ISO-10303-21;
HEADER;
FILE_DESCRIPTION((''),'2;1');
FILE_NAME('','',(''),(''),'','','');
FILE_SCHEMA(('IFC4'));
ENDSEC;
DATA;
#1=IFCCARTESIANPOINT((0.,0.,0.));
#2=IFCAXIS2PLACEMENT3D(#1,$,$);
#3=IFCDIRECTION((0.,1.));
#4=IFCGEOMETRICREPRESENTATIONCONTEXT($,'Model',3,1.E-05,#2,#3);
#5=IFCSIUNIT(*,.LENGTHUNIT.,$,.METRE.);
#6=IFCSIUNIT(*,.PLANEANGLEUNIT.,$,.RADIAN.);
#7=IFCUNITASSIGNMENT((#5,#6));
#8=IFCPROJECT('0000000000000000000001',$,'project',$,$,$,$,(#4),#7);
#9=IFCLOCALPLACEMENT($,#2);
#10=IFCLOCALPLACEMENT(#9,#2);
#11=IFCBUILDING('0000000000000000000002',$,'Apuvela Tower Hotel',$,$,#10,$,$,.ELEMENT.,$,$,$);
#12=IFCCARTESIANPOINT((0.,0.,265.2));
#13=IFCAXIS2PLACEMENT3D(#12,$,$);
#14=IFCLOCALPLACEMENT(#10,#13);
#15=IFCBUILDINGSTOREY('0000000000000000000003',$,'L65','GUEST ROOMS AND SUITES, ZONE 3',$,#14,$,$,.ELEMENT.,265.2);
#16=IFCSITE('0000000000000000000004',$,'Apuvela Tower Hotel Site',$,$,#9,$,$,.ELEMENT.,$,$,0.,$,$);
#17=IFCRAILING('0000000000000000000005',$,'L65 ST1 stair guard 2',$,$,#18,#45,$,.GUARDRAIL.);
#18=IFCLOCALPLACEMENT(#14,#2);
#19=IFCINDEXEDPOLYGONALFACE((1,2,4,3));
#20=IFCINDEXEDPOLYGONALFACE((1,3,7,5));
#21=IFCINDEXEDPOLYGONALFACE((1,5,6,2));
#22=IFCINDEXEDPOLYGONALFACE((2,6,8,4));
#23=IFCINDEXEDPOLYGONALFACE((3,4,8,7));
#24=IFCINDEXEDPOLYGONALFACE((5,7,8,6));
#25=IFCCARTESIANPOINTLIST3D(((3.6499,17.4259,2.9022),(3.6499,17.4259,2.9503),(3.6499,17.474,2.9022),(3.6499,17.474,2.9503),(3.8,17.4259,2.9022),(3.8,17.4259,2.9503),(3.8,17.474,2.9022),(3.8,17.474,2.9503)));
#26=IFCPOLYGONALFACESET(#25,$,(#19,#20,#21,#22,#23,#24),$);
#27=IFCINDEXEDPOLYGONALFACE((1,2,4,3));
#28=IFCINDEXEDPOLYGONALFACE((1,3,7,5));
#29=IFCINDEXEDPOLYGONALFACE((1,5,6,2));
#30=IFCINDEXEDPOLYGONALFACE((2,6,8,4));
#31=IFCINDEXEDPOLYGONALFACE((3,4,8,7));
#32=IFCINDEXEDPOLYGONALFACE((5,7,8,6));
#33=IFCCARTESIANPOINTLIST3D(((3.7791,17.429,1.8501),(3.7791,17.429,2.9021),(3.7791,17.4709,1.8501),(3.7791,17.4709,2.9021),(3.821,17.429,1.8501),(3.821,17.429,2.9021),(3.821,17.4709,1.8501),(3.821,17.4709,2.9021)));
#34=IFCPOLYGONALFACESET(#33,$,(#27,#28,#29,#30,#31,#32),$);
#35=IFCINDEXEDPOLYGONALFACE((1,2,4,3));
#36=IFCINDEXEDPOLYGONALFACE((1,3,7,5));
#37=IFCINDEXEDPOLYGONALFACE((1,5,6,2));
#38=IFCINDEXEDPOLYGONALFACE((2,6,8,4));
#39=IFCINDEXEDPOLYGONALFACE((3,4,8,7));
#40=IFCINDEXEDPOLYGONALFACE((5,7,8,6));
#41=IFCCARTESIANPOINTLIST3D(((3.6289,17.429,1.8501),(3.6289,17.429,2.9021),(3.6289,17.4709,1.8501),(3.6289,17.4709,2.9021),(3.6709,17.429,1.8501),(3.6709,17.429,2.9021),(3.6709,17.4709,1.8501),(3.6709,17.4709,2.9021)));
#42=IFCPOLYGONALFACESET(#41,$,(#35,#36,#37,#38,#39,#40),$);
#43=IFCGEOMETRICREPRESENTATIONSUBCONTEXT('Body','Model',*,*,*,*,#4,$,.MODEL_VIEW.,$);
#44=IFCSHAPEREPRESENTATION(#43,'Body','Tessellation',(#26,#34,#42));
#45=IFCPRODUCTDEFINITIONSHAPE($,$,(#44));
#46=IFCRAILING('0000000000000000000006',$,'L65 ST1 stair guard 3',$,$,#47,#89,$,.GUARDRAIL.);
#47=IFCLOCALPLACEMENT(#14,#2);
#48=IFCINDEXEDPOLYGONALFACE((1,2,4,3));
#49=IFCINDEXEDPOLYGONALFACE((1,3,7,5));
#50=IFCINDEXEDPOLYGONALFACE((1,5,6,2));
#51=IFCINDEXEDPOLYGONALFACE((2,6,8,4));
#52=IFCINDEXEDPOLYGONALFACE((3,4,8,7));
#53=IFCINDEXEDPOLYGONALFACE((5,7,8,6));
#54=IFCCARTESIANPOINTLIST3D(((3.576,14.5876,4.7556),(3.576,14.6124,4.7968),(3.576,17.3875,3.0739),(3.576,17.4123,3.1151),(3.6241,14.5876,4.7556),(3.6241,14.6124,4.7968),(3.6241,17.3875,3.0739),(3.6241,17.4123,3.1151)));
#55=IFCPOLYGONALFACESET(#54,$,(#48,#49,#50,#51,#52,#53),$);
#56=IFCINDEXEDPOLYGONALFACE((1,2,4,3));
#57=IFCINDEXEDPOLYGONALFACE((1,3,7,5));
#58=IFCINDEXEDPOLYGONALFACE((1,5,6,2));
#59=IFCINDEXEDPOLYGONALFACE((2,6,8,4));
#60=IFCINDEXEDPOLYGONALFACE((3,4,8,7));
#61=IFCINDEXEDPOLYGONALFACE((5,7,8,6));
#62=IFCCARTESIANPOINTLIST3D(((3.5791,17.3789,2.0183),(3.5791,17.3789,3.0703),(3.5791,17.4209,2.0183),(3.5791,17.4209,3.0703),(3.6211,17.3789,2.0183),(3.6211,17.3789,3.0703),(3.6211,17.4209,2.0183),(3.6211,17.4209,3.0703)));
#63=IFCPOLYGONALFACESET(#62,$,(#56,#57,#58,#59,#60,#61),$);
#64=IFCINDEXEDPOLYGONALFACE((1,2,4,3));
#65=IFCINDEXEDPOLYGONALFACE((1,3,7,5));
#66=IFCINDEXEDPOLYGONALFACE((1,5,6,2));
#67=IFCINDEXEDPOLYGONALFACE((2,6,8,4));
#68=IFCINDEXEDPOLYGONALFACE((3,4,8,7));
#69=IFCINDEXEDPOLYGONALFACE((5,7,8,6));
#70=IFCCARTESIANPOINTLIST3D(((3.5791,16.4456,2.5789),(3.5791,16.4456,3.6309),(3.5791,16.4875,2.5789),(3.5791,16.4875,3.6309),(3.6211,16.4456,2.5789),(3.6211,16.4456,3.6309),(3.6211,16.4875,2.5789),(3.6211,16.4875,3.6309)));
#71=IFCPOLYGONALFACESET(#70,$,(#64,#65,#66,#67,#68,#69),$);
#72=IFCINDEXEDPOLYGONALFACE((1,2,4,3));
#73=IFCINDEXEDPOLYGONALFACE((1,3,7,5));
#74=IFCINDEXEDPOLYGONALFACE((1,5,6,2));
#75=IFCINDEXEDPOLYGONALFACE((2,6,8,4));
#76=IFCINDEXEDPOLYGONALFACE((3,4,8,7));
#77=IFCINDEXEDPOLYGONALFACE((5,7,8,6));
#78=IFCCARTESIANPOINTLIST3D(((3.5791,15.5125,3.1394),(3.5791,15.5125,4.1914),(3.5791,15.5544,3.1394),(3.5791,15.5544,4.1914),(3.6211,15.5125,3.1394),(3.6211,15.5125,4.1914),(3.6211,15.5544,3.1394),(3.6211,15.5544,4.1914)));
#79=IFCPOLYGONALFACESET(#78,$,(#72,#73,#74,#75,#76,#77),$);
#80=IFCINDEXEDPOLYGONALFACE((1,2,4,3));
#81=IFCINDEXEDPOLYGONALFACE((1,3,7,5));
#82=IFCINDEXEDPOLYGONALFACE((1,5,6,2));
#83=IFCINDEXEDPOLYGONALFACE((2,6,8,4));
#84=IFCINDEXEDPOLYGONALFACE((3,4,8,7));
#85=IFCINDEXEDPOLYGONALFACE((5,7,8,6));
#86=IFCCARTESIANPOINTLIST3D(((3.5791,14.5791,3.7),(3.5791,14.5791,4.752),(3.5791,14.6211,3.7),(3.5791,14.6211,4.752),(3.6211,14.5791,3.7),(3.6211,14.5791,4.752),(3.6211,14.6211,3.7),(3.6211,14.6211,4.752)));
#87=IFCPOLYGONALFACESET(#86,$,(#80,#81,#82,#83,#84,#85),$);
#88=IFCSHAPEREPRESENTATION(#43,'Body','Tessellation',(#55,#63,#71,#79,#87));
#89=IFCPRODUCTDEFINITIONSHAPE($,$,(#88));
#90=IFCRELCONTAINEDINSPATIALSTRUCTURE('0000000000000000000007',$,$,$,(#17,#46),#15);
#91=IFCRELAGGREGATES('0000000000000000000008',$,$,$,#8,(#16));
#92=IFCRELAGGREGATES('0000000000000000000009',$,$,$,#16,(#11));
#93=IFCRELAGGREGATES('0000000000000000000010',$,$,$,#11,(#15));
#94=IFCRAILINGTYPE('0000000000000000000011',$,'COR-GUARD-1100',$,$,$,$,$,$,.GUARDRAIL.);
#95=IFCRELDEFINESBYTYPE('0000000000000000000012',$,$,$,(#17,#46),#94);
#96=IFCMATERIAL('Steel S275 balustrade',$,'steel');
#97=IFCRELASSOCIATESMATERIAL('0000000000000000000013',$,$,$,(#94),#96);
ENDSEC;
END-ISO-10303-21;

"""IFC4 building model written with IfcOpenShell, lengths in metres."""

from ifc_helpers import new_model, si_unit, direction, frame, origin, origin_2d, place, context, subcontext, project, spatial, rectangle, extrude, material, type_object, element, save


model = new_model("IFC4")

# Units and contexts
model_context = context("Model", 3, precision=1e-05, world=origin(), true_north=direction((0.0, 1.0)))
body_context = subcontext(model_context, "Body", "Model", "MODEL_VIEW")
ifc_project = project(units=[si_unit("LENGTHUNIT", "METRE"), si_unit("PLANEANGLEUNIT", "RADIAN")], contexts=[model_context])

# Site, building, storey
site_placement = place(None, origin())
site = spatial("IfcSite", under=ifc_project, at=site_placement, Name="Apuvela Tower Hotel Site", CompositionType="ELEMENT", RefElevation=0.0)
building_placement = place(site_placement, origin())
building = spatial("IfcBuilding", under=site, at=building_placement, Name="Apuvela Tower Hotel", CompositionType="ELEMENT")
storey_placement = place(building_placement, frame((0.0, 0.0, 265.2)))
storey = spatial("IfcBuildingStorey", under=building, at=storey_placement, Name="L65", Description="GUEST ROOMS AND SUITES, ZONE 3", CompositionType="ELEMENT", Elevation=265.2)

# Railings
ifc_material_1 = material(Name="Steel S275 balustrade", Category="steel")
railing_type = type_object("IfcRailingType", Name="COR-GUARD-1100", PredefinedType="GUARDRAIL", material=ifc_material_1)
railing_1_placement = place(storey_placement, frame((3.8, 17.45, 1.8501)))
element("IfcRailing", 1, at=railing_1_placement, inside=storey, type_object=railing_type, Name="L65 ST1 stair guard 2", PredefinedType="GUARDRAIL", context=body_context, shape_type="SweptSolid", body=[
    extrude(rectangle(XDim=0.0481, YDim=0.0481, at=origin_2d()), frame((0.0, 0.0, 1.0762), z_axis=(-1.0, 0.0, 0.0), x_axis=(0.0, -1.0, 0.0)), (0.0, 0.0, 1.0), 0.1501),
    extrude(rectangle(XDim=0.042, YDim=0.042, at=origin_2d()), origin(), (0.0, 0.0, 1.0), 1.052),
    extrude(rectangle(XDim=0.042, YDim=0.042, at=origin_2d()), frame((-0.1501, 0.0, 0.0)), (0.0, 0.0, 1.0), 1.052),
])
railing_2_placement = place(storey_placement, frame((3.6001, 17.3999, 2.0183)))
element("IfcRailing", 2, at=railing_2_placement, inside=storey, type_object=railing_type, Name="L65 ST1 stair guard 3", PredefinedType="GUARDRAIL", context=body_context, shape_type="SweptSolid", body=[
    extrude(rectangle(XDim=0.0481, YDim=0.0481, at=origin_2d()), frame((0.0, 0.0, 1.0762), z_axis=(0.0, -0.857255, 0.514891), x_axis=(1.0, 0.0, 0.0)), (0.0, 0.0, 1.0), 3.2661),
    extrude(rectangle(XDim=0.042, YDim=0.042, at=origin_2d()), origin(), (0.0, 0.0, 1.0), 1.052),
    extrude(rectangle(XDim=0.042, YDim=0.042, at=origin_2d()), frame((0.0, -0.9333, 0.5605)), (0.0, 0.0, 1.0), 1.052),
    extrude(rectangle(XDim=0.042, YDim=0.042, at=origin_2d()), frame((0.0, -1.8665, 1.1211)), (0.0, 0.0, 1.0), 1.052),
    extrude(rectangle(XDim=0.042, YDim=0.042, at=origin_2d()), frame((0.0, -2.7998, 1.6816)), (0.0, 0.0, 1.0), 1.052),
])

save(model, "model.ifc")
